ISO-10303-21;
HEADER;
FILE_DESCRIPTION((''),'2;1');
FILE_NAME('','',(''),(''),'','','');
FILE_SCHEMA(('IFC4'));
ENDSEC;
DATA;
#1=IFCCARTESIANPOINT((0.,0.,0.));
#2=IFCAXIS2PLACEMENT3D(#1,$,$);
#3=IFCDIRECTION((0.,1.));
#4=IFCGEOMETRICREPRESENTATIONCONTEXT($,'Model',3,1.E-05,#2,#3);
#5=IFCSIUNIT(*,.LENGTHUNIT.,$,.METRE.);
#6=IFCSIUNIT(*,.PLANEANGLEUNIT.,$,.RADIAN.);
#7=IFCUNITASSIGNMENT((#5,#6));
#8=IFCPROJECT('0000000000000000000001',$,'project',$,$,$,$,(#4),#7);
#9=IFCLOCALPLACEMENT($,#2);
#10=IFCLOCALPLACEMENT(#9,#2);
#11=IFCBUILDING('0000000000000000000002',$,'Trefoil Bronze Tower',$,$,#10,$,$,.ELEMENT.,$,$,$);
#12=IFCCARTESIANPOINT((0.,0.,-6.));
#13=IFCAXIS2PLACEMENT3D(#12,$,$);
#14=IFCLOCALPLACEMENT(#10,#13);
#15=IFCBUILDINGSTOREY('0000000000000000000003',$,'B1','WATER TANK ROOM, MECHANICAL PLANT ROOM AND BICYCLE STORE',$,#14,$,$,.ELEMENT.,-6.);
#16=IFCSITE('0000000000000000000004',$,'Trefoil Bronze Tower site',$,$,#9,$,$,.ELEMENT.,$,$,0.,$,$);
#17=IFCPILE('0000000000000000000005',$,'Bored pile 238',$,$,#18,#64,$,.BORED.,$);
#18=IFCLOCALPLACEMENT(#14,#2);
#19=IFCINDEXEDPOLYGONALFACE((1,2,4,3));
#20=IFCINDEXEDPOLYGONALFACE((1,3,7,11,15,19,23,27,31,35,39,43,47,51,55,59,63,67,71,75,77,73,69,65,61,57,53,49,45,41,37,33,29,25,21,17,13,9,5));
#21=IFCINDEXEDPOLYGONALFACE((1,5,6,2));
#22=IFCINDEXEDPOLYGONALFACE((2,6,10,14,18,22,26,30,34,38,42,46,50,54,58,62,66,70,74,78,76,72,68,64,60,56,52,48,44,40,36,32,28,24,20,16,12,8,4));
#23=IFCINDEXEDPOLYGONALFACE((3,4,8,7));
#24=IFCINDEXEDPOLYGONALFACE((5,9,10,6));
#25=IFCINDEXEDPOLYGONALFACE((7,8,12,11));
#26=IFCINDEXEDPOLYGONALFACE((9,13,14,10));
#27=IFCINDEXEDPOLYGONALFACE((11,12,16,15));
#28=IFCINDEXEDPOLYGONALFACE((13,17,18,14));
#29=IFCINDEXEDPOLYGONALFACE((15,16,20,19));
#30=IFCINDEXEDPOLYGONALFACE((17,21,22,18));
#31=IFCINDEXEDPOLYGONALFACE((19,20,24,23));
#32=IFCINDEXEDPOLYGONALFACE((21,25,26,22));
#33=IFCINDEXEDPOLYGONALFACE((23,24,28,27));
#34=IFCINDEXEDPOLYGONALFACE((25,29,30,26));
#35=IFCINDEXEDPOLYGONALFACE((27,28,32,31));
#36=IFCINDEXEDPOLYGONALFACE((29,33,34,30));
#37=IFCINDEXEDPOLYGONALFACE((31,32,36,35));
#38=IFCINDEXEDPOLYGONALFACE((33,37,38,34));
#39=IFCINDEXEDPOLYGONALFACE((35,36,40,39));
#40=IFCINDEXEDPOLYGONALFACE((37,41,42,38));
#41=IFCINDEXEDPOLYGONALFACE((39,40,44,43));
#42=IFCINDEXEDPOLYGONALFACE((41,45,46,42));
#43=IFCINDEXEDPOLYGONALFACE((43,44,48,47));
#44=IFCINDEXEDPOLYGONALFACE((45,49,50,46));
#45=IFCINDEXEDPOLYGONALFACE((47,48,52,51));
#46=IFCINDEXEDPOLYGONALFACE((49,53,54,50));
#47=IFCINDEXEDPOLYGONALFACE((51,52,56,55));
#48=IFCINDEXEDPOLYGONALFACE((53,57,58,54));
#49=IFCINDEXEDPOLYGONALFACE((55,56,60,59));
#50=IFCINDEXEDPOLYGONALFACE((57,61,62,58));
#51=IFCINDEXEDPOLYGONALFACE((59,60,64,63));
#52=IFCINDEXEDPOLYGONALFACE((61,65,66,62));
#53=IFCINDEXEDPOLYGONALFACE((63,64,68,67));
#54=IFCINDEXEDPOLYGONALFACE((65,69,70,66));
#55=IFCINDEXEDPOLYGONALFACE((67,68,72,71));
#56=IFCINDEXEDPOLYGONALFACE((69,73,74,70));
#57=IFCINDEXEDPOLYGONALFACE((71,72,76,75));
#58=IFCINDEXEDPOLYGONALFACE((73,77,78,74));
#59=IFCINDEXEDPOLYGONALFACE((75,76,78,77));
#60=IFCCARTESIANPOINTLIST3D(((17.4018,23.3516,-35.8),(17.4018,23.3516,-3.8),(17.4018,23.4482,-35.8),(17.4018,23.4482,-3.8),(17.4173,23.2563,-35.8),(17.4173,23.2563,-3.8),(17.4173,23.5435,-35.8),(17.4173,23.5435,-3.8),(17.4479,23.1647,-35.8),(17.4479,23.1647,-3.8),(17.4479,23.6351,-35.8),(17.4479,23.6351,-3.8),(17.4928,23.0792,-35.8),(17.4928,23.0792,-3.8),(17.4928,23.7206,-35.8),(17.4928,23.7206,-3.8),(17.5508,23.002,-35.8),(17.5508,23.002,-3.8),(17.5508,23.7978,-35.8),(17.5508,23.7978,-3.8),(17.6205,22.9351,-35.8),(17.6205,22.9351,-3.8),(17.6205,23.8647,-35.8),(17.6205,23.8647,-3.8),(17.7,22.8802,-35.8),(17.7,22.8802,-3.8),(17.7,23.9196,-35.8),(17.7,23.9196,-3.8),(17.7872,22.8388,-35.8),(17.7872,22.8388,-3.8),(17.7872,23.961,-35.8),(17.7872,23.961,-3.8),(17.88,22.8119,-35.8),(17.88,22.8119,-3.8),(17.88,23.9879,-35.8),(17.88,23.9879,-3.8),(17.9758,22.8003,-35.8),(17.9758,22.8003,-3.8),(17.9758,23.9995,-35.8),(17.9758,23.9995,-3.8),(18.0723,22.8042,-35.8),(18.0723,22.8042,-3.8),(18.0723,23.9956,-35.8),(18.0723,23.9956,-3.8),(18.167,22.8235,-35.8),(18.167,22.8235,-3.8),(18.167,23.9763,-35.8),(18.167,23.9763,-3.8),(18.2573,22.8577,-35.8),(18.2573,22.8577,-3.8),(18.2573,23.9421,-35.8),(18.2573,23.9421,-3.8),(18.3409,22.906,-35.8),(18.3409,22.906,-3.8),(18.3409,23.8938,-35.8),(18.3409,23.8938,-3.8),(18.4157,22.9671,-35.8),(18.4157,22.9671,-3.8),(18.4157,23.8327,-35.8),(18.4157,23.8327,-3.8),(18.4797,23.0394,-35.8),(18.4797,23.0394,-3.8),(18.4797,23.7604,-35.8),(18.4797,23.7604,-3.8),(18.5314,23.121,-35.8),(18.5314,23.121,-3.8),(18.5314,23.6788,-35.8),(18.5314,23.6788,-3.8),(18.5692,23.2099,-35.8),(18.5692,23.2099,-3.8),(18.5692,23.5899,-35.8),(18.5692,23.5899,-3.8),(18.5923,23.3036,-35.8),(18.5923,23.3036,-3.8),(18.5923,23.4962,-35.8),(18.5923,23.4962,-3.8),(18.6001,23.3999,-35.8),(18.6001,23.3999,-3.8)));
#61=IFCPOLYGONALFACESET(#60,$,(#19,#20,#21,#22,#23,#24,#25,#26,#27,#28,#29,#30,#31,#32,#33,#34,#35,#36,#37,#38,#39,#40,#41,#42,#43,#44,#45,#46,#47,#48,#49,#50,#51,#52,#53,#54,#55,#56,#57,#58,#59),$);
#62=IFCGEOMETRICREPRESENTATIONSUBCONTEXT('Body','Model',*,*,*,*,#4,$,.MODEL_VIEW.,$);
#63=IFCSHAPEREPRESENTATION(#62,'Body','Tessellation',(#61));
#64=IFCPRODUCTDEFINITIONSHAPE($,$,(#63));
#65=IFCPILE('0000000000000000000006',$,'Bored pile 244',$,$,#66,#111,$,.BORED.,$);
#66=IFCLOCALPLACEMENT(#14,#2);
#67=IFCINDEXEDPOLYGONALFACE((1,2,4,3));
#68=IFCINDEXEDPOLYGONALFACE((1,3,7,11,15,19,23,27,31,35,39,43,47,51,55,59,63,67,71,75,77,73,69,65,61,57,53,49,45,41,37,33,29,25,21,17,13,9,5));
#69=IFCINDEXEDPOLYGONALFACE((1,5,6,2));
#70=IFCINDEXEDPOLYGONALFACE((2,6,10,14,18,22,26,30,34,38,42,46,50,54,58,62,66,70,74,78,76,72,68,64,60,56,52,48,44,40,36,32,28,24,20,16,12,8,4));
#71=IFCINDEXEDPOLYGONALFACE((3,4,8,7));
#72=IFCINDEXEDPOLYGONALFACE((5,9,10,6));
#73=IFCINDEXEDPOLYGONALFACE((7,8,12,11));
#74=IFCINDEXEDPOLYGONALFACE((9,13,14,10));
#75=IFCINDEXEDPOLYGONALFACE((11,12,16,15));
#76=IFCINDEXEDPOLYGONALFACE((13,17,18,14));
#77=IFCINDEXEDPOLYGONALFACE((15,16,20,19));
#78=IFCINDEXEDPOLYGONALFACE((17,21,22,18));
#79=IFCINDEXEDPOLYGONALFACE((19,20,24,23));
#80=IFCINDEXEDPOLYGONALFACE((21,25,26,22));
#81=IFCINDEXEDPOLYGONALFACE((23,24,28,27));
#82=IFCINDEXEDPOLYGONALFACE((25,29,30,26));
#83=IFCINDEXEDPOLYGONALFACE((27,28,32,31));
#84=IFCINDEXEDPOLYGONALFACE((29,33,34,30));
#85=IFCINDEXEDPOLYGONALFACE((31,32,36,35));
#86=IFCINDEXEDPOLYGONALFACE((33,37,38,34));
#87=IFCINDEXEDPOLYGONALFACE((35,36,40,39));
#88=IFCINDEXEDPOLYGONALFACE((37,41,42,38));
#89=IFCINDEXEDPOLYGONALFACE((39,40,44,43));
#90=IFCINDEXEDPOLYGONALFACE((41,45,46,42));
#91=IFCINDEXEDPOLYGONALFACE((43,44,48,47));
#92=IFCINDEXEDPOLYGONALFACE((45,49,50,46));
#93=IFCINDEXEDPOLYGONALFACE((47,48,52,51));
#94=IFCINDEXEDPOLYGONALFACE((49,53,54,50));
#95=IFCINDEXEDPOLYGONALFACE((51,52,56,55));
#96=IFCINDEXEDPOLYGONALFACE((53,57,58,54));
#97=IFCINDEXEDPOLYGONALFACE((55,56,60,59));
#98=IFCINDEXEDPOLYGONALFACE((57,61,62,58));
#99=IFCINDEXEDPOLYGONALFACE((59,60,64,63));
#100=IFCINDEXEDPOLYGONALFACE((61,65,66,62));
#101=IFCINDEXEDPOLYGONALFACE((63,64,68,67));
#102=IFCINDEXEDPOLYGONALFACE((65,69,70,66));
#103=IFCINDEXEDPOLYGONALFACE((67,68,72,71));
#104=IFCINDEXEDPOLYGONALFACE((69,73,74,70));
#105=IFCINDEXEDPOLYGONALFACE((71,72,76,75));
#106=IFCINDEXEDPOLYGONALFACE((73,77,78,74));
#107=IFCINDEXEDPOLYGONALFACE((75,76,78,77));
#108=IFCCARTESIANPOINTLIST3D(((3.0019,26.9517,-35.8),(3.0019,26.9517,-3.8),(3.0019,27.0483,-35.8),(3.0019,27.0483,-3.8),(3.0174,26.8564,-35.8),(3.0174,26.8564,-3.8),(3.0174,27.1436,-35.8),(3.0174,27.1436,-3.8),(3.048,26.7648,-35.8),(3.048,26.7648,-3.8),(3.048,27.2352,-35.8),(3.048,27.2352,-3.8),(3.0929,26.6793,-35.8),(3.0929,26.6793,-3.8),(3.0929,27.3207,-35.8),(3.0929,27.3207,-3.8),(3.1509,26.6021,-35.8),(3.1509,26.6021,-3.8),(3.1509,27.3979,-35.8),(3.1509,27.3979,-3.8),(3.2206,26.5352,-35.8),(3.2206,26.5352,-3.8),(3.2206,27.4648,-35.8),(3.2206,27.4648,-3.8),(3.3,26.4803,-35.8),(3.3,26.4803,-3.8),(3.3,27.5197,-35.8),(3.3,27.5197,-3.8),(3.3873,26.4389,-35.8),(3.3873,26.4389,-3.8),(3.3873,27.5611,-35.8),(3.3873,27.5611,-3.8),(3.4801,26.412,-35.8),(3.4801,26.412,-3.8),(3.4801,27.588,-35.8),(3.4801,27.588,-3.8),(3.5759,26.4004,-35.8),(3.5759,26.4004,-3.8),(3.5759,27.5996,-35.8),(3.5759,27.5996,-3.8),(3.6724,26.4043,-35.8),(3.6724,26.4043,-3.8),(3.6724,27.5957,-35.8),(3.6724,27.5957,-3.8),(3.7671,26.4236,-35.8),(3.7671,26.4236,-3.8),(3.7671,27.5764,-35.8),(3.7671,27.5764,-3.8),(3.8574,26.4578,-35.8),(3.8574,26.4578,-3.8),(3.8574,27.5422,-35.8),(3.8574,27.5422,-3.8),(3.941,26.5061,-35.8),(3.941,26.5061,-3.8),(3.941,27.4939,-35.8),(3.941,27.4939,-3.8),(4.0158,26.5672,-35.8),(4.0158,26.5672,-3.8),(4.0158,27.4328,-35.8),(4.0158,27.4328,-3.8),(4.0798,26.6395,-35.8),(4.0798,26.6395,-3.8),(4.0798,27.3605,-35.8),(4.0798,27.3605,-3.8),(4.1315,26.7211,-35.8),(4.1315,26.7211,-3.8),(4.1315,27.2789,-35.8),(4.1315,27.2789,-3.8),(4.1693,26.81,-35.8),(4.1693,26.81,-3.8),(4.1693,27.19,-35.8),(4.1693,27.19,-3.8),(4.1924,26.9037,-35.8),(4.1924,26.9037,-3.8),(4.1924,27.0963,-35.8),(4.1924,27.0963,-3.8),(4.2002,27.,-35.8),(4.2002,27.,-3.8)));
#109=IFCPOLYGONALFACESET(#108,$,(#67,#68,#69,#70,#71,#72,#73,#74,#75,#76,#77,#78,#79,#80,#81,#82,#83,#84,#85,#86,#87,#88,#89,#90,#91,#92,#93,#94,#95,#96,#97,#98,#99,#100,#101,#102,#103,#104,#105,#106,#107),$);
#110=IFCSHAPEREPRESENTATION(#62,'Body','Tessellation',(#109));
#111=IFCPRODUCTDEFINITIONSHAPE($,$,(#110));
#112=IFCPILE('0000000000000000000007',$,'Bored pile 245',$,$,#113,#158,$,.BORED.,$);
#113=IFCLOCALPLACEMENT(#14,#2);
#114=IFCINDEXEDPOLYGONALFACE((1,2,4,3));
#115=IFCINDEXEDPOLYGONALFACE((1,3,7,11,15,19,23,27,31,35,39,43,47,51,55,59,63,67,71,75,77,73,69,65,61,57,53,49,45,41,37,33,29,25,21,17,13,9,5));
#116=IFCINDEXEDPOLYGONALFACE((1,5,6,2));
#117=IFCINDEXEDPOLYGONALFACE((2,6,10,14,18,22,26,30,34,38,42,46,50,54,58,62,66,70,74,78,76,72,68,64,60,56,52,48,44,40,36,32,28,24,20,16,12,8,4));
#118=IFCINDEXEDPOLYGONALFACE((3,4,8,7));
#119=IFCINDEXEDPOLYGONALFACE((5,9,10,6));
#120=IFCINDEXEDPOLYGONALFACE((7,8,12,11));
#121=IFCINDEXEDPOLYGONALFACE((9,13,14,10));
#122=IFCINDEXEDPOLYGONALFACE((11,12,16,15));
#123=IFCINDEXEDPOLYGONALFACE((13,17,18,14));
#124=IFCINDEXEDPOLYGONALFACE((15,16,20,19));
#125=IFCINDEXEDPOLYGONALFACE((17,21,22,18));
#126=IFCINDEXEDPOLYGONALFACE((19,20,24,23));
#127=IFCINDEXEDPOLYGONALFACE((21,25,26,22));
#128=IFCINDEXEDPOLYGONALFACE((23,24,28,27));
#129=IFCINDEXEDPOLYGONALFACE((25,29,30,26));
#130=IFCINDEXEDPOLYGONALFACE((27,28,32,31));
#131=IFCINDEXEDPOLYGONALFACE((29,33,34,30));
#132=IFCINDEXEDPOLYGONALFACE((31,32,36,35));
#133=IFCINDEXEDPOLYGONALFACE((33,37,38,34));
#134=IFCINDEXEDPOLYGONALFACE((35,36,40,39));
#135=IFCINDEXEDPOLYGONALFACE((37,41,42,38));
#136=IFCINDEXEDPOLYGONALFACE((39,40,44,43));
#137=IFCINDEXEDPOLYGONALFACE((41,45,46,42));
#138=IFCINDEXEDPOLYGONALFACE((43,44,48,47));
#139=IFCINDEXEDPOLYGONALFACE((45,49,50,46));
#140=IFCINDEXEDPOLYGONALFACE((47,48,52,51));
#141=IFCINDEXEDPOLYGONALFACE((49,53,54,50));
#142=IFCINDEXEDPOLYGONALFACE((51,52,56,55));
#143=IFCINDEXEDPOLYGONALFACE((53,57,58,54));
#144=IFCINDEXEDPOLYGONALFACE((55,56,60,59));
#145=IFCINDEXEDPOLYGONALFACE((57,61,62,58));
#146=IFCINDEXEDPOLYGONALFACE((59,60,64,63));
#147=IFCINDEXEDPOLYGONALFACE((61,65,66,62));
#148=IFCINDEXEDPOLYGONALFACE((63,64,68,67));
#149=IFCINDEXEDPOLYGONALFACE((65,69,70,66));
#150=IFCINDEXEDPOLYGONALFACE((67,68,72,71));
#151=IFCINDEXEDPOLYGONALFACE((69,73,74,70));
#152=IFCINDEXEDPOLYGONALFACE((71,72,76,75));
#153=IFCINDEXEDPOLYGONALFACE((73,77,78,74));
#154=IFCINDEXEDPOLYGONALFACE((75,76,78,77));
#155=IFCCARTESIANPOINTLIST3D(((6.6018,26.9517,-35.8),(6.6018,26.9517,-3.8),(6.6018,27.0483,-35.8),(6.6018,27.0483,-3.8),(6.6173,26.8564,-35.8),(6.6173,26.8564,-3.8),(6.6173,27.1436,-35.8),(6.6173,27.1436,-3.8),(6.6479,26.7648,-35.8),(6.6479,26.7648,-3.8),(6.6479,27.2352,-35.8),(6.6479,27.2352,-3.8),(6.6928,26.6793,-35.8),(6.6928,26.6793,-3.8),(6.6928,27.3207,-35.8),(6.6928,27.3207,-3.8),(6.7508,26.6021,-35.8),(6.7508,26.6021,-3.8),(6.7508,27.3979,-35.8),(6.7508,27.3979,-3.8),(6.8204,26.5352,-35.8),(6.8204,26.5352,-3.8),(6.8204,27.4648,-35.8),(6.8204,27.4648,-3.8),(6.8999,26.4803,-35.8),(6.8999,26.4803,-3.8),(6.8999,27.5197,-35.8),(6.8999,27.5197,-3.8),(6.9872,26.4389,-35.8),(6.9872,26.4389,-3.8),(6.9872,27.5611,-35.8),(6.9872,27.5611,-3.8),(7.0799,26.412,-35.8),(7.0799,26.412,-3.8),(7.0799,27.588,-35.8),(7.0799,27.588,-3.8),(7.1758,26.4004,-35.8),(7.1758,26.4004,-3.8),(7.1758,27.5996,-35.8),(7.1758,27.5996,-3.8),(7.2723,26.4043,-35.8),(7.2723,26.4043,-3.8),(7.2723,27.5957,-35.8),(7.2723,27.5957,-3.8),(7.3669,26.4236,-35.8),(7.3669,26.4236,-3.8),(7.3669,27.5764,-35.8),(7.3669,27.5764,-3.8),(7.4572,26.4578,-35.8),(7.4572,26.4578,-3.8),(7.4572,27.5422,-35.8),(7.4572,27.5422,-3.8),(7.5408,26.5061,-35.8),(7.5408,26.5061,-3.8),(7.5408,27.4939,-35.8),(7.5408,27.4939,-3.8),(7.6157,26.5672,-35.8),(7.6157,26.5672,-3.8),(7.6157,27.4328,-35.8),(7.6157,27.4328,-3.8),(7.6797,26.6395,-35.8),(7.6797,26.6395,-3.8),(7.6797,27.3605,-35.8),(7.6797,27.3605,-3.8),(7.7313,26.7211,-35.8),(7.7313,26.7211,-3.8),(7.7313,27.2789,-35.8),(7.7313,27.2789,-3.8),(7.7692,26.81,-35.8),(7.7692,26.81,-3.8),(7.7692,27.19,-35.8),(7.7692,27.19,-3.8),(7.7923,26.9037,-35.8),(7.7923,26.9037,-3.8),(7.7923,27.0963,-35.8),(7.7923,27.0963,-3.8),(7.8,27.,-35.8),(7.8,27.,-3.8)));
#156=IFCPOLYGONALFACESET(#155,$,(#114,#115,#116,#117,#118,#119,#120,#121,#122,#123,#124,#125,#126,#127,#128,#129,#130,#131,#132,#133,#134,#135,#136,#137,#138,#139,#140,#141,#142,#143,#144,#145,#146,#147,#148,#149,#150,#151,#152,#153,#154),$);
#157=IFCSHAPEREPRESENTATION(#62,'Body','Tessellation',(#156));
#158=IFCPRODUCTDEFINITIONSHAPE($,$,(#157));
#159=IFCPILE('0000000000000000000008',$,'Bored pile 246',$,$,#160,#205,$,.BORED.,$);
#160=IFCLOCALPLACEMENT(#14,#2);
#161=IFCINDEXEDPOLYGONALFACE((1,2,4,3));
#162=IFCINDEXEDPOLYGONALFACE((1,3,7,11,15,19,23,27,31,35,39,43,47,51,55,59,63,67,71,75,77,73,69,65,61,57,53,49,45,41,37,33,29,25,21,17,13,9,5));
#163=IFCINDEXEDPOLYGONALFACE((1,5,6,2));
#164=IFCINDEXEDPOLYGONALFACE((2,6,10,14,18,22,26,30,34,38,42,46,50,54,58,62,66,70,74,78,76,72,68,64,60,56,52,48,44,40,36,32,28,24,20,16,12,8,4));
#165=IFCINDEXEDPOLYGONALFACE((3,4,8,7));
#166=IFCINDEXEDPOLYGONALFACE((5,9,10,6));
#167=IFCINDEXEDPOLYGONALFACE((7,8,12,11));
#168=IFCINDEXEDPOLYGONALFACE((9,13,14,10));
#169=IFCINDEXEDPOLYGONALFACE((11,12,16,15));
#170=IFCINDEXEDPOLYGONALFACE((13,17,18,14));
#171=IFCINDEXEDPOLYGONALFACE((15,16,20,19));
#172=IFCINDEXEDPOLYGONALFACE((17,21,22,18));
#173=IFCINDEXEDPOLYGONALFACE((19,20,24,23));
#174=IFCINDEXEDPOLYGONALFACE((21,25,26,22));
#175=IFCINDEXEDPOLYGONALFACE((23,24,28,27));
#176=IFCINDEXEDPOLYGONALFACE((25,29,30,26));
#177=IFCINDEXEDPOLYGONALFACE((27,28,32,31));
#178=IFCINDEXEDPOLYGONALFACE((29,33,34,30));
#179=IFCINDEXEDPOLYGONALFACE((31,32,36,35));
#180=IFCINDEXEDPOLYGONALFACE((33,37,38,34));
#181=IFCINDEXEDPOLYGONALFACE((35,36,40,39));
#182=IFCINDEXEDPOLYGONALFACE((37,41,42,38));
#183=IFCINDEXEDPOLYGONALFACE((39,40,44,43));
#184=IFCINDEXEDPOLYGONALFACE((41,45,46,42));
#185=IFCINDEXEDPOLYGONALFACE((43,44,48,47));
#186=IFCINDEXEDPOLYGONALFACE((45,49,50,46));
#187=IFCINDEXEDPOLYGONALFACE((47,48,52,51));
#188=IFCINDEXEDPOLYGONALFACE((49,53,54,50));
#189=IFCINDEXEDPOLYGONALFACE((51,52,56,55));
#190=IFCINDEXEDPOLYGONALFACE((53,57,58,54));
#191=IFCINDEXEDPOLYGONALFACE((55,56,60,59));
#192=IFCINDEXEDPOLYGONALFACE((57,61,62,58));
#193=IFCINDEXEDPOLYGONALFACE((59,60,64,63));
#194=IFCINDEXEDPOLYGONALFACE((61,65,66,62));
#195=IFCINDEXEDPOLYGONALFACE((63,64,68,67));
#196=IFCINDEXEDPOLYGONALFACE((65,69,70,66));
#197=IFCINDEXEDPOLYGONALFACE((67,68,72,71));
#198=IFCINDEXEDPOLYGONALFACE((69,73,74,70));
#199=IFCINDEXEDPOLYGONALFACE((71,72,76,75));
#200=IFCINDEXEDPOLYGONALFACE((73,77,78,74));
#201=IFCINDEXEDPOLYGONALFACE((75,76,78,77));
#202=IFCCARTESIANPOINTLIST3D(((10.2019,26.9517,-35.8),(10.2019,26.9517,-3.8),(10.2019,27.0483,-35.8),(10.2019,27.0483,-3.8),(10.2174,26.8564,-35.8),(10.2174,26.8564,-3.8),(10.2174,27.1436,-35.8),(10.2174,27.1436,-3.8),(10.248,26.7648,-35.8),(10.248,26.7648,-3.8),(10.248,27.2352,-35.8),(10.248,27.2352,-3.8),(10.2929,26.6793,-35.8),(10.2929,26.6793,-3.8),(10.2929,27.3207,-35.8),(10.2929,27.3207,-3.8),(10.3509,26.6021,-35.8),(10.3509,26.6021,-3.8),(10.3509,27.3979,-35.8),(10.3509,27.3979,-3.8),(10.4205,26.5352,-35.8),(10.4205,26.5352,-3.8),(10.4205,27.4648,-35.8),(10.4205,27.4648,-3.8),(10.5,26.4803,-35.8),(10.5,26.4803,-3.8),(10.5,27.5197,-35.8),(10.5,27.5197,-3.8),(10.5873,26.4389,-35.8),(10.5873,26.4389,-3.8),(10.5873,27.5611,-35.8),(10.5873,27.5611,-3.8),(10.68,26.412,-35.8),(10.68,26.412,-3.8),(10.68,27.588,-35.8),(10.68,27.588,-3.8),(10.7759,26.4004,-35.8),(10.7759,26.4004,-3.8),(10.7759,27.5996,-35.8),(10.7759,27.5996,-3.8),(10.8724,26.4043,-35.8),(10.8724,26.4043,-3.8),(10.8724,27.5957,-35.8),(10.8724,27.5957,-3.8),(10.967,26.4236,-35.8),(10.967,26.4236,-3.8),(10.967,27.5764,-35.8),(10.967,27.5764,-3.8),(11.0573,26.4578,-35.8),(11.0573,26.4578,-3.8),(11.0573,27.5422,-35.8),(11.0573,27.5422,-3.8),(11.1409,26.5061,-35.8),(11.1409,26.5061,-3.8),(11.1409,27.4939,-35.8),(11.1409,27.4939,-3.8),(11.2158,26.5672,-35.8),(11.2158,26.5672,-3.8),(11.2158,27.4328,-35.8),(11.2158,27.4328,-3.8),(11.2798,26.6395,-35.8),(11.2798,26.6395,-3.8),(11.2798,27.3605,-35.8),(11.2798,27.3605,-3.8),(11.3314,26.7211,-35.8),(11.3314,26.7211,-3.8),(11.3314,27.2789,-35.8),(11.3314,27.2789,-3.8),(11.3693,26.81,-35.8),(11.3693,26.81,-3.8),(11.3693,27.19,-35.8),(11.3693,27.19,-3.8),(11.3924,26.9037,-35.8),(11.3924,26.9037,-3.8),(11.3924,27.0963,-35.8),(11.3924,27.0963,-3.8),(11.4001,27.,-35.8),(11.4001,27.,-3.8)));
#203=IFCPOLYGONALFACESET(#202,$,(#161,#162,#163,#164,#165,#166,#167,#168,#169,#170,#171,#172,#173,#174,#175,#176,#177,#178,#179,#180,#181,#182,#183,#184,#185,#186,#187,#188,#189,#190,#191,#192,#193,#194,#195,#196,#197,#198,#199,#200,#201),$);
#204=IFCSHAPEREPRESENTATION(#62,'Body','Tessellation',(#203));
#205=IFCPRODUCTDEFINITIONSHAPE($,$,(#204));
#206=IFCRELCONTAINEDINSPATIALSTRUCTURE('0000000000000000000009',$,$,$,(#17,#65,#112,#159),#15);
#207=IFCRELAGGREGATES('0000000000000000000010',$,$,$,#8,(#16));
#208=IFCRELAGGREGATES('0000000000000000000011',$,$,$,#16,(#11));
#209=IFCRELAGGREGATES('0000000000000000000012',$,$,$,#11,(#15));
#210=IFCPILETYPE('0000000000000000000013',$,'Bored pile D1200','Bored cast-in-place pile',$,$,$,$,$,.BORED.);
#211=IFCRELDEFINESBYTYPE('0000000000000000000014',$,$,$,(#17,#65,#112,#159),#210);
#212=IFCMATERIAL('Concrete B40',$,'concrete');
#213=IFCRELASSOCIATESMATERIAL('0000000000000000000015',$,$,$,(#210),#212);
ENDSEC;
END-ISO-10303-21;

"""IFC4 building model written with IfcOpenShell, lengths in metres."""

from ifc_helpers import new_model, si_unit, direction, frame, origin, origin_2d, place, context, subcontext, project, spatial, circle, extrude, material, type_object, element, save


model = new_model("IFC4")

# Units and contexts
model_context = context("Model", 3, precision=1e-05, world=origin(), true_north=direction((0.0, 1.0)))
body_context = subcontext(model_context, "Body", "Model", "MODEL_VIEW")
ifc_project = project(units=[si_unit("LENGTHUNIT", "METRE"), si_unit("PLANEANGLEUNIT", "RADIAN")], contexts=[model_context])

# Site, building, storey
site_placement = place(None, origin())
site = spatial("IfcSite", under=ifc_project, at=site_placement, Name="Trefoil Bronze Tower site", CompositionType="ELEMENT", RefElevation=0.0)
building_placement = place(site_placement, origin())
building = spatial("IfcBuilding", under=site, at=building_placement, Name="Trefoil Bronze Tower", CompositionType="ELEMENT")
storey_placement = place(building_placement, frame((0.0, 0.0, -6.0)))
storey = spatial("IfcBuildingStorey", under=building, at=storey_placement, Name="B1", Description="WATER TANK ROOM, MECHANICAL PLANT ROOM AND BICYCLE STORE", CompositionType="ELEMENT", Elevation=-6.0)

# Piles
ifc_material_1 = material(Name="Concrete B40", Category="concrete")
pile_type = type_object("IfcPileType", Name="Bored pile D1200", Description="Bored cast-in-place pile", PredefinedType="BORED", material=ifc_material_1)
for number, where, z_axis, x_axis, name in (
    (1, (18.0, 23.3999, -3.8), (0.0, 0.0, -1.0), (1.0, 0.0, 0.0), "Bored pile 238"),
    (2, (3.6001, 27.0, -3.8), (0.0, 0.0, -1.0), (1.0, 0.0, 0.0), "Bored pile 244"),
    (3, (7.2, 27.0, -3.8), (0.0, 0.0, -1.0), (1.0, 0.0, 0.0), "Bored pile 245"),
    (4, (10.8, 27.0, -3.8), (0.0, 0.0, -1.0), (1.0, 0.0, 0.0), "Bored pile 246"),
):
    element("IfcPile", number, at=place(storey_placement, frame(where, z_axis=z_axis, x_axis=x_axis)), inside=storey, type_object=pile_type, Name=name, PredefinedType="BORED", context=body_context, shape_type="SweptSolid", body=[
        extrude(circle(Radius=0.6001, at=origin_2d()), origin(), (0.0, 0.0, 1.0), 32.0),
    ])

save(model, "model.ifc")
